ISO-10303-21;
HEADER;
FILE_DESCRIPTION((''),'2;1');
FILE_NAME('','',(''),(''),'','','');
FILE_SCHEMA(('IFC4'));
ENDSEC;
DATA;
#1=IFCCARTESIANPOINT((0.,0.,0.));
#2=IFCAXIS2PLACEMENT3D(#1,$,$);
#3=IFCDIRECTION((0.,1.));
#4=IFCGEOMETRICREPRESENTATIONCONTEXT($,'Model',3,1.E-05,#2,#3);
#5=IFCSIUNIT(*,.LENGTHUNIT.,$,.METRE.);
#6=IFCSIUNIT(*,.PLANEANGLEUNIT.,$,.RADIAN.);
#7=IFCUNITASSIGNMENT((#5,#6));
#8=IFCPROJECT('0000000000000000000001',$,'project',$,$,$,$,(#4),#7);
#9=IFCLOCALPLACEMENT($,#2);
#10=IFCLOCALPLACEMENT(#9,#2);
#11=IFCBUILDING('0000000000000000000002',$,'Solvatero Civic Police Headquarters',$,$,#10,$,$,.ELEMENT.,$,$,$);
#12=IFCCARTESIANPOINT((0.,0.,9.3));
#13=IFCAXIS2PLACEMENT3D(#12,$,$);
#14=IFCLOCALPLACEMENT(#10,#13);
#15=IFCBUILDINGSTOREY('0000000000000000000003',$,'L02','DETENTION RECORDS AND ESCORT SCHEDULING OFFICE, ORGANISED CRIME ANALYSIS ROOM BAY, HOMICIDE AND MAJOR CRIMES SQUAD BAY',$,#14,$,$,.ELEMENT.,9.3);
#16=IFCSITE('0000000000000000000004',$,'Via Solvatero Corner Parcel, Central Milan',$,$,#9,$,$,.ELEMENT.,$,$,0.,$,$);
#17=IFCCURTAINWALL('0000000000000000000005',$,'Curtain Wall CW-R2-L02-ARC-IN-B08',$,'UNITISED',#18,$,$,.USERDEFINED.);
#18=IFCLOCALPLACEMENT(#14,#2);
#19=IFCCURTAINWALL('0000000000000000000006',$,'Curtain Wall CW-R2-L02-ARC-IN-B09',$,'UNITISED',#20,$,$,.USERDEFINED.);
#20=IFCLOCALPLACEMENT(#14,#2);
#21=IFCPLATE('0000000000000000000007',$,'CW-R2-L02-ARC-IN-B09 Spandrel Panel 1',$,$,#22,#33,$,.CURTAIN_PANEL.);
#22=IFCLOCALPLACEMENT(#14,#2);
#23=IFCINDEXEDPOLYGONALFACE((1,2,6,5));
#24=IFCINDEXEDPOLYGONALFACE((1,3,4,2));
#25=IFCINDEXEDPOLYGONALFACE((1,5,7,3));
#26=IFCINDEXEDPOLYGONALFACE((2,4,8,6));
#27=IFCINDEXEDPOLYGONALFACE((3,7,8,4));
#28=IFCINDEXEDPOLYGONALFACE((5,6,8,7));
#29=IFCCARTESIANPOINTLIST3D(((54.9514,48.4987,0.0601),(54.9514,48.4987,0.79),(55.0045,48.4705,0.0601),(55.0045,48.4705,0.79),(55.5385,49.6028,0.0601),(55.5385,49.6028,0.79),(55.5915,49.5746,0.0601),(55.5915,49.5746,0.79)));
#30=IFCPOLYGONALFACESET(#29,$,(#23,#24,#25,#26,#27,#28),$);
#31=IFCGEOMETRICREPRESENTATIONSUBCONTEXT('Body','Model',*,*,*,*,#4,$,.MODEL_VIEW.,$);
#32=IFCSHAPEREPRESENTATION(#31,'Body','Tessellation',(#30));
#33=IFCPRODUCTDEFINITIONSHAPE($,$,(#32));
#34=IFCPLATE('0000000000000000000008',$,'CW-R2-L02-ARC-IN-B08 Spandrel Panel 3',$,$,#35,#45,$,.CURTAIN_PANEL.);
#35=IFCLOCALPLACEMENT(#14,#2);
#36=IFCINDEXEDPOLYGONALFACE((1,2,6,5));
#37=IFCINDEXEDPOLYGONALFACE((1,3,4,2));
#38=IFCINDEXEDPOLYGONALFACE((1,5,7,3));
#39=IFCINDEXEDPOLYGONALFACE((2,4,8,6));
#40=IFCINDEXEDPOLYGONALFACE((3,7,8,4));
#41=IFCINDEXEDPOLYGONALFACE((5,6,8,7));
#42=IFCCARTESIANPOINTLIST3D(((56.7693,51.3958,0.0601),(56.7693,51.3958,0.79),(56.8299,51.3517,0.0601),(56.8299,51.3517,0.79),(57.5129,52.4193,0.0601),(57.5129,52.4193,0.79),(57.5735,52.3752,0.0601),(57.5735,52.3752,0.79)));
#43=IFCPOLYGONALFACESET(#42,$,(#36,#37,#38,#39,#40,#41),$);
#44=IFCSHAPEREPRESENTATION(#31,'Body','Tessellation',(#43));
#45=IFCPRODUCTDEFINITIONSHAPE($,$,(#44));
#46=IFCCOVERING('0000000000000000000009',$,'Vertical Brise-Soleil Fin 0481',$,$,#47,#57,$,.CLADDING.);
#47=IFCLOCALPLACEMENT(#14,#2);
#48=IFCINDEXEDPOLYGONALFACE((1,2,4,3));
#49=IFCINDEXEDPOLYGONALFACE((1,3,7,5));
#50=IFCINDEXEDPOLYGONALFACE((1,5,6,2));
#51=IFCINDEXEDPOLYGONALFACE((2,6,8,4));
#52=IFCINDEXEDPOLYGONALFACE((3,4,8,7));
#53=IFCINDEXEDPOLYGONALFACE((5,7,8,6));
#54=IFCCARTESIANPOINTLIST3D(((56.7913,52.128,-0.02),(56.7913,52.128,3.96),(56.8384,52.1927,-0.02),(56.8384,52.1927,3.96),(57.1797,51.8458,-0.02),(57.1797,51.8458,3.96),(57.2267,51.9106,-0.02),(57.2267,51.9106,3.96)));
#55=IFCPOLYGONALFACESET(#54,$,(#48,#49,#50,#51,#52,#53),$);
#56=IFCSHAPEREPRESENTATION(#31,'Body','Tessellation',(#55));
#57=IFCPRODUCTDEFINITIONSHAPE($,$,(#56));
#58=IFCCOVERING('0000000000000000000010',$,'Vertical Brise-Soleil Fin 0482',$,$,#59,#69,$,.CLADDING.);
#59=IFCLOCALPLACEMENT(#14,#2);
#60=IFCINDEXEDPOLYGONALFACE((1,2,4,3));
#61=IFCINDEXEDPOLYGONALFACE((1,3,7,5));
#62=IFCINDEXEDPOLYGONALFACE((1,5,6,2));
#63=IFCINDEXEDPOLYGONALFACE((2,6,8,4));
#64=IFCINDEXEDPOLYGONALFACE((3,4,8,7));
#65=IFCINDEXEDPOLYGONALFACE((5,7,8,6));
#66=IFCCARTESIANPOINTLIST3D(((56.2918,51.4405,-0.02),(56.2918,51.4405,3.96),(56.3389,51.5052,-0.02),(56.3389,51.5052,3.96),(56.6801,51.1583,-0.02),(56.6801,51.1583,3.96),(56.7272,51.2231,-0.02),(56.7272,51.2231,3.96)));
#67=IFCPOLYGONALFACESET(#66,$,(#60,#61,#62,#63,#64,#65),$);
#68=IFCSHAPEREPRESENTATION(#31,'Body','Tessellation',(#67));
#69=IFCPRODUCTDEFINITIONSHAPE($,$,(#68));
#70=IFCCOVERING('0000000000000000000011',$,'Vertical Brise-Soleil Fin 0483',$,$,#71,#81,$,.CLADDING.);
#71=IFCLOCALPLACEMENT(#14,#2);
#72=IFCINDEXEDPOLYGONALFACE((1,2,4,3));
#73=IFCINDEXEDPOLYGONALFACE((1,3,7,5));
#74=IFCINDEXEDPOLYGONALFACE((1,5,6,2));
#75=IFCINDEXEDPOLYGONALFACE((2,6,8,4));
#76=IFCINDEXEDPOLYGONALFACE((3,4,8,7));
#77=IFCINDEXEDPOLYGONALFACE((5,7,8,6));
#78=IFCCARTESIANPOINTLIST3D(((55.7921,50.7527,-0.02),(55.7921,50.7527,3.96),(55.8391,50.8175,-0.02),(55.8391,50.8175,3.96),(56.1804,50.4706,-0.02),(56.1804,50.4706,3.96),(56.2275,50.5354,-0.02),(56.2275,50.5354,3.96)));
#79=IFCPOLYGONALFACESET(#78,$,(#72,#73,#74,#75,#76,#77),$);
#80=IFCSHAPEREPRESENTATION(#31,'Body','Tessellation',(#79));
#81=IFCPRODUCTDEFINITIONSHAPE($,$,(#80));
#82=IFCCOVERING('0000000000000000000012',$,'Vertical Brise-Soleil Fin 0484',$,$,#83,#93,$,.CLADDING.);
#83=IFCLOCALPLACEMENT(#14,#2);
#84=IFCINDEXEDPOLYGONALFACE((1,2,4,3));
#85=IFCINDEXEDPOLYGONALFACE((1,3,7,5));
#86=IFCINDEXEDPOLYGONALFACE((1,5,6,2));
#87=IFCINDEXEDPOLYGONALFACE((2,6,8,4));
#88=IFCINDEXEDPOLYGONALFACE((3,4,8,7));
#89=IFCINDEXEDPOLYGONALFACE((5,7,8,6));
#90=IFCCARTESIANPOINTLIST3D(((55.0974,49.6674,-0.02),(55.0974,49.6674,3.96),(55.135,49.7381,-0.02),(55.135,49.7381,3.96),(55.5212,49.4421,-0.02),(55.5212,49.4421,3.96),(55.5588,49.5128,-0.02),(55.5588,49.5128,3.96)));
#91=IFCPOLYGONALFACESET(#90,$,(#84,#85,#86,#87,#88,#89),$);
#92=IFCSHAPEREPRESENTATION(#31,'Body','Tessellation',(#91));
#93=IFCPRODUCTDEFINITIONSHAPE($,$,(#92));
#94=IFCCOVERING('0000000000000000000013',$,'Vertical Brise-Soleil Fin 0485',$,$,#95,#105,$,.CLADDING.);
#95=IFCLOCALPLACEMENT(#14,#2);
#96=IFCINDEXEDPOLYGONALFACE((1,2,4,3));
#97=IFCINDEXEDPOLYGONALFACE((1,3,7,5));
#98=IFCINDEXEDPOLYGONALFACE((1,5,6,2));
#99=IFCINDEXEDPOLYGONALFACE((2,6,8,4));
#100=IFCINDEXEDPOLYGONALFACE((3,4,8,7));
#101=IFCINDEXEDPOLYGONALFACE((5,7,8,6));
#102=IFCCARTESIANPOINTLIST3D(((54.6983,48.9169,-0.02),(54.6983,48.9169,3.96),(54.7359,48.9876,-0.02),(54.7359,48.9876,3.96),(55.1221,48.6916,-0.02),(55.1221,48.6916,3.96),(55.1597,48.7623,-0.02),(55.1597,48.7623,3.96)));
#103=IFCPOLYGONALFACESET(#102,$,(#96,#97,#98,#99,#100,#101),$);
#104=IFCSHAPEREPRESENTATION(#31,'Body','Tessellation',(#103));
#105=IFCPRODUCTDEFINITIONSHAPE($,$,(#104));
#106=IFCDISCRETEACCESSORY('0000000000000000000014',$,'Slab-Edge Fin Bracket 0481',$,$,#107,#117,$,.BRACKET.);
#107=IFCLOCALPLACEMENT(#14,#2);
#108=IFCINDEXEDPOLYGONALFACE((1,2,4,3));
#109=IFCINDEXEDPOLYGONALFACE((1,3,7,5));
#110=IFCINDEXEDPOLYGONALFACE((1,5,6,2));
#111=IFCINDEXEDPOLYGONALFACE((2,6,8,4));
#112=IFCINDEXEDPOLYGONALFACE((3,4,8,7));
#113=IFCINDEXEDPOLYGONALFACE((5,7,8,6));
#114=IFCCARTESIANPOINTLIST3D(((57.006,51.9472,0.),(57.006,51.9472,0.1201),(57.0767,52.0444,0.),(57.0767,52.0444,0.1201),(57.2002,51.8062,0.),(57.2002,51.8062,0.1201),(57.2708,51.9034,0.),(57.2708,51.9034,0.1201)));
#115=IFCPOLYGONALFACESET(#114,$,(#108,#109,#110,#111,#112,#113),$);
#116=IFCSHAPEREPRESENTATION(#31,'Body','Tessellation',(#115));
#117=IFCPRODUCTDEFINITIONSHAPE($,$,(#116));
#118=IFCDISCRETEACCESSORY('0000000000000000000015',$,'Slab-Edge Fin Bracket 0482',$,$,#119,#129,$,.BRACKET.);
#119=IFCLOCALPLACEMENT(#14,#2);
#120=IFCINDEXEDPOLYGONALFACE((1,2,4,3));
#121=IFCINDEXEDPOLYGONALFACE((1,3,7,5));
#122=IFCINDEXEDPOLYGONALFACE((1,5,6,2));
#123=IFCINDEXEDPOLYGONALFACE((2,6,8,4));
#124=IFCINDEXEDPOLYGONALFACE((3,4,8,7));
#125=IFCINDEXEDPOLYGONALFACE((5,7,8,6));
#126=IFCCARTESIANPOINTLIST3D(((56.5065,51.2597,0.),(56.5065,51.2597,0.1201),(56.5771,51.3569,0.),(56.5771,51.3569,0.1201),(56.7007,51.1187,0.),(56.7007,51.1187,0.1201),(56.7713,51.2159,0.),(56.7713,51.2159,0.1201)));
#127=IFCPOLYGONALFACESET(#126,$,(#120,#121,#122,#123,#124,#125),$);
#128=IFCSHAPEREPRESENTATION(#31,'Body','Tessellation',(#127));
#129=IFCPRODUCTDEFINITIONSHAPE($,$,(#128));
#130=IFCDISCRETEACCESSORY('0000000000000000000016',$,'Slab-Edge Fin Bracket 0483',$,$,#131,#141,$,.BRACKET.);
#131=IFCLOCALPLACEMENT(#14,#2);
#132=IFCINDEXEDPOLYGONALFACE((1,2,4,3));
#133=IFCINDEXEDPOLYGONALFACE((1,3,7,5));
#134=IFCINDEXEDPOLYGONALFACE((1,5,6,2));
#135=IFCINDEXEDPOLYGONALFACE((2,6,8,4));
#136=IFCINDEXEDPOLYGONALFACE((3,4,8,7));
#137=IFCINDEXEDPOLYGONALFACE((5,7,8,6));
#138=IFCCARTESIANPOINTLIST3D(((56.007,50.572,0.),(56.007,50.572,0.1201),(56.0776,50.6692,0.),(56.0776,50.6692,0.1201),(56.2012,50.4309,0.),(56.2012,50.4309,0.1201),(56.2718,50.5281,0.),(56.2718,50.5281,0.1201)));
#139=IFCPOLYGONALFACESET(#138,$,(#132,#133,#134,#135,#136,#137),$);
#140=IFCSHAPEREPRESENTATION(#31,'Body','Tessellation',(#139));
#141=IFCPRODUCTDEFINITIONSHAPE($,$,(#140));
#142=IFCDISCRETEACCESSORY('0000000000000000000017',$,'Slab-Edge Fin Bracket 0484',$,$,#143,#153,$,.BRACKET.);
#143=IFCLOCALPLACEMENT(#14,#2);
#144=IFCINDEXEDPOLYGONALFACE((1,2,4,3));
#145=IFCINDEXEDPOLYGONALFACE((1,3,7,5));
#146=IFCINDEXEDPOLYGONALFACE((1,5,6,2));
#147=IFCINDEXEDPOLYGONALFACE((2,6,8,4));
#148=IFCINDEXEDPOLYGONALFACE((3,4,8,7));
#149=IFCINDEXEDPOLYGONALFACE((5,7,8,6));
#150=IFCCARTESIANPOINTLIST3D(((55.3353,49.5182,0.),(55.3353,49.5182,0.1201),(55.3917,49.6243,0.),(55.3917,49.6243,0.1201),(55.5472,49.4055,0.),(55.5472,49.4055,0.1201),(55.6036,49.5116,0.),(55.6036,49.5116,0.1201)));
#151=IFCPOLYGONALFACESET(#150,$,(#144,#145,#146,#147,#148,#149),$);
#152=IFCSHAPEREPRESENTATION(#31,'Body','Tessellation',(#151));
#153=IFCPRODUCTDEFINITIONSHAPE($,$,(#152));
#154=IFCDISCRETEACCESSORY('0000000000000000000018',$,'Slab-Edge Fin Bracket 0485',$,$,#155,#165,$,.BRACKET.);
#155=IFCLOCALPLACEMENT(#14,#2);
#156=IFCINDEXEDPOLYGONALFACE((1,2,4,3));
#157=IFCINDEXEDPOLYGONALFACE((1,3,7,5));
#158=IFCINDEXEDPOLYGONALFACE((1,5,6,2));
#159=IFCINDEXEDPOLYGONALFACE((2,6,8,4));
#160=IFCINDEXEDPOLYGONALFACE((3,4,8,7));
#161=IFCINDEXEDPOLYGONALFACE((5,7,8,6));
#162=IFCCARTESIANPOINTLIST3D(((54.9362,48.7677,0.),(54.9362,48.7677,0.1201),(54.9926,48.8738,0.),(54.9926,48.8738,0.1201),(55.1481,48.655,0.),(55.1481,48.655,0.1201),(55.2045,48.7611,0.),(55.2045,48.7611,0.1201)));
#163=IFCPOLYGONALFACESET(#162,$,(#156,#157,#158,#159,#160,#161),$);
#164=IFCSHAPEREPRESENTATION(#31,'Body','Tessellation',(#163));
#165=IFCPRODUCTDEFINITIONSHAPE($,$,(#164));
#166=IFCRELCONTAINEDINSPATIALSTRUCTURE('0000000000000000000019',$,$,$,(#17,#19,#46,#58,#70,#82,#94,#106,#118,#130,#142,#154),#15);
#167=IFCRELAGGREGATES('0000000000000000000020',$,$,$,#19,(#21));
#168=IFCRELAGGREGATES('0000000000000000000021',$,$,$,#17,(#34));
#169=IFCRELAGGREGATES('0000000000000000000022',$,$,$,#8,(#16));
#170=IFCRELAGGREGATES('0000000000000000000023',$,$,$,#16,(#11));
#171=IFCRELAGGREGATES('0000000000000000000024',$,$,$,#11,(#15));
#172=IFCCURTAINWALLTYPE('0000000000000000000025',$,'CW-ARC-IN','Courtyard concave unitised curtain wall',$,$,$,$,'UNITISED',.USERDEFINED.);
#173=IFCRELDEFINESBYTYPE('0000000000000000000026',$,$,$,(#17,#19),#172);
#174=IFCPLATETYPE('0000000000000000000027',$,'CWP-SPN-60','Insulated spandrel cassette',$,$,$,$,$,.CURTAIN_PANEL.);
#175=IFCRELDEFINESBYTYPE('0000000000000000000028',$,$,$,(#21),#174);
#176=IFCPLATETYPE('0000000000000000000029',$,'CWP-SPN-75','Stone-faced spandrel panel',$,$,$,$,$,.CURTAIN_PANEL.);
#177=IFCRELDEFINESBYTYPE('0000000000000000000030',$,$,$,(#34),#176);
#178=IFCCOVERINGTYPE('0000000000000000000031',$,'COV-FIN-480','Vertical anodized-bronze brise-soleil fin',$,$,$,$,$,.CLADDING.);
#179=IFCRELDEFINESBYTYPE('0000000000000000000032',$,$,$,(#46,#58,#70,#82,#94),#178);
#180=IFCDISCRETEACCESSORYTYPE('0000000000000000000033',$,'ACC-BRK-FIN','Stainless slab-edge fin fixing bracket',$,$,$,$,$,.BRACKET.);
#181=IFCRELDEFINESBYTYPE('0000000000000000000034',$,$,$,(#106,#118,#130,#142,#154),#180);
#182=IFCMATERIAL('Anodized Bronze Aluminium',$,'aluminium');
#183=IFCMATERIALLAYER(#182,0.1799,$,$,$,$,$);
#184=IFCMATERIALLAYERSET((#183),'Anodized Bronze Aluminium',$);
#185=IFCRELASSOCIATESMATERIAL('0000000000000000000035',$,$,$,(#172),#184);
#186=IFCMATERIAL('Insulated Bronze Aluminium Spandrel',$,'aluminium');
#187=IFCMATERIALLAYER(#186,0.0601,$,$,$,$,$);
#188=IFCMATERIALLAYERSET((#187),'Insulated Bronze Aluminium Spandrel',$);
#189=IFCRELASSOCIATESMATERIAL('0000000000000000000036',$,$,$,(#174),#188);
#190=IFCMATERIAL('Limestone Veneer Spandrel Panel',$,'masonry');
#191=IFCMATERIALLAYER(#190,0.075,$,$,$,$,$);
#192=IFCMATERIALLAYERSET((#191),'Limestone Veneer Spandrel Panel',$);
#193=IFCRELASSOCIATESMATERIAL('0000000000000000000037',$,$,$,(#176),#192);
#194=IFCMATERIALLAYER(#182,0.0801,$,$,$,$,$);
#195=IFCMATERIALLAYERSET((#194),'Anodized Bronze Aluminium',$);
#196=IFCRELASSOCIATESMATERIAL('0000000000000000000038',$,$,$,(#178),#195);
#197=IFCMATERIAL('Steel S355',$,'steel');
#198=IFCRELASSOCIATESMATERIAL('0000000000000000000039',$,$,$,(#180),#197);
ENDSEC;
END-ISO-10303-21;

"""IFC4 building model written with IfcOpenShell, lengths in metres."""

from ifc_helpers import new_model, si_unit, direction, frame, origin, origin_2d, place, context, subcontext, project, spatial, rectangle, extrude, material, layer, layer_set, type_object, element, aggregate, save


model = new_model("IFC4")

# Units and contexts
model_context = context("Model", 3, precision=1e-05, world=origin(), true_north=direction((0.0, 1.0)))
body_context = subcontext(model_context, "Body", "Model", "MODEL_VIEW")
ifc_project = project(units=[si_unit("LENGTHUNIT", "METRE"), si_unit("PLANEANGLEUNIT", "RADIAN")], contexts=[model_context])

# Site, building, storey
site_placement = place(None, origin())
site = spatial("IfcSite", under=ifc_project, at=site_placement, Name="Via Solvatero Corner Parcel, Central Milan", CompositionType="ELEMENT", RefElevation=0.0)
building_placement = place(site_placement, origin())
building = spatial("IfcBuilding", under=site, at=building_placement, Name="Solvatero Civic Police Headquarters", CompositionType="ELEMENT")
storey_placement = place(building_placement, frame((0.0, 0.0, 9.3)))
storey = spatial("IfcBuildingStorey", under=building, at=storey_placement, Name="L02", Description="DETENTION RECORDS AND ESCORT SCHEDULING OFFICE, ORGANISED CRIME ANALYSIS ROOM BAY, HOMICIDE AND MAJOR CRIMES SQUAD BAY", CompositionType="ELEMENT", Elevation=9.3)

# Shared definitions
ifc_material_1 = material(Name="Steel S355", Category="steel")

# Curtain walls
ifc_material_2 = material(Name="Anodized Bronze Aluminium", Category="aluminium")
ifc_layer_1 = layer(ifc_material_2, 0.1799)
ifc_layer_set_1 = layer_set([ifc_layer_1], Name="Anodized Bronze Aluminium")
curtain_wall_type = type_object("IfcCurtainWallType", Name="CW-ARC-IN", Description="Courtyard concave unitised curtain wall", ElementType="UNITISED", PredefinedType="USERDEFINED", material=ifc_layer_set_1)
curtain_wall_1_placement = place(storey_placement, origin())
curtain_wall_1 = element("IfcCurtainWall", 1, at=curtain_wall_1_placement, inside=storey, type_object=curtain_wall_type, Name="Curtain Wall CW-R2-L02-ARC-IN-B08", ObjectType="UNITISED", PredefinedType="USERDEFINED")
curtain_wall_2_placement = place(storey_placement, origin())
curtain_wall_2 = element("IfcCurtainWall", 2, at=curtain_wall_2_placement, inside=storey, type_object=curtain_wall_type, Name="Curtain Wall CW-R2-L02-ARC-IN-B09", ObjectType="UNITISED", PredefinedType="USERDEFINED")

# Plates
ifc_material_3 = material(Name="Insulated Bronze Aluminium Spandrel", Category="aluminium")
ifc_layer_2 = layer(ifc_material_3, 0.0601)
ifc_layer_set_2 = layer_set([ifc_layer_2], Name="Insulated Bronze Aluminium Spandrel")
plate_type_1 = type_object("IfcPlateType", Name="CWP-SPN-60", Description="Insulated spandrel cassette", PredefinedType="CURTAIN_PANEL", material=ifc_layer_set_2)
plate_1_placement = place(storey_placement, frame((55.2715, 49.0366, 0.0601), z_axis=(0.0, 0.0, 1.0), x_axis=(-0.469472, -0.882948, 0.0)))
plate_1 = element("IfcPlate", 3, at=plate_1_placement, type_object=plate_type_1, Name="CW-R2-L02-ARC-IN-B09 Spandrel Panel 1", PredefinedType="CURTAIN_PANEL", context=body_context, shape_type="SweptSolid", body=[
    extrude(rectangle(XDim=1.2505, YDim=0.0601, at=origin_2d()), origin(), (0.0, 0.0, 1.0), 0.73),
])
aggregate(curtain_wall_2, [plate_1])
ifc_material_4 = material(Name="Limestone Veneer Spandrel Panel", Category="masonry")
ifc_layer_3 = layer(ifc_material_4, 0.075)
ifc_layer_set_3 = layer_set([ifc_layer_3], Name="Limestone Veneer Spandrel Panel")
plate_type_2 = type_object("IfcPlateType", Name="CWP-SPN-75", Description="Stone-faced spandrel panel", PredefinedType="CURTAIN_PANEL", material=ifc_layer_set_3)
plate_2_placement = place(storey_placement, frame((57.1714, 51.8855, 0.0601), z_axis=(0.0, 0.0, 1.0), x_axis=(-0.587785, -0.809017, 0.0)))
plate_2 = element("IfcPlate", 4, at=plate_2_placement, type_object=plate_type_2, Name="CW-R2-L02-ARC-IN-B08 Spandrel Panel 3", PredefinedType="CURTAIN_PANEL", context=body_context, shape_type="SweptSolid", body=[
    extrude(rectangle(XDim=1.2651, YDim=0.075, at=origin_2d()), origin(), (0.0, 0.0, 1.0), 0.73),
])
aggregate(curtain_wall_1, [plate_2])

# Coverings
ifc_layer_4 = layer(ifc_material_2, 0.0801)
ifc_layer_set_4 = layer_set([ifc_layer_4], Name="Anodized Bronze Aluminium")
covering_type = type_object("IfcCoveringType", Name="COV-FIN-480", Description="Vertical anodized-bronze brise-soleil fin", PredefinedType="CLADDING", material=ifc_layer_set_4)
for number, where, z_axis, x_axis, name in (
    (5, (57.009, 52.0193, -0.02), (0.0, 0.0, 1.0), (-0.587785, -0.809017, 0.0), "Vertical Brise-Soleil Fin 0481"),
    (6, (56.5095, 51.3318, -0.02), (0.0, 0.0, 1.0), (-0.587785, -0.809017, 0.0), "Vertical Brise-Soleil Fin 0482"),
    (7, (56.0098, 50.644, -0.02), (0.0, 0.0, 1.0), (-0.587785, -0.809017, 0.0), "Vertical Brise-Soleil Fin 0483"),
    (8, (55.3281, 49.5901, -0.02), (0.0, 0.0, 1.0), (-0.469472, -0.882948, 0.0), "Vertical Brise-Soleil Fin 0484"),
    (9, (54.929, 48.8396, -0.02), (0.0, 0.0, 1.0), (-0.469472, -0.882948, 0.0), "Vertical Brise-Soleil Fin 0485"),
):
    element("IfcCovering", number, at=place(storey_placement, frame(where, z_axis=z_axis, x_axis=x_axis)), inside=storey, type_object=covering_type, Name=name, PredefinedType="CLADDING", context=body_context, shape_type="SweptSolid", body=[
        extrude(rectangle(XDim=0.0801, YDim=0.48, at=origin_2d()), origin(), (0.0, 0.0, 1.0), 3.98),
    ])

# Discrete accessories
discrete_accessory_type = type_object("IfcDiscreteAccessoryType", Name="ACC-BRK-FIN", Description="Stainless slab-edge fin fixing bracket", PredefinedType="BRACKET", material=ifc_material_1)
for number, where, z_axis, x_axis, name in (
    (10, (57.1384, 51.9253, 0.0), (0.0, 0.0, 1.0), (-0.587785, -0.809017, 0.0), "Slab-Edge Fin Bracket 0481"),
    (11, (56.6389, 51.2378, 0.0), (0.0, 0.0, 1.0), (-0.587785, -0.809017, 0.0), "Slab-Edge Fin Bracket 0482"),
    (12, (56.1394, 50.55, 0.0), (0.0, 0.0, 1.0), (-0.587785, -0.809017, 0.0), "Slab-Edge Fin Bracket 0483"),
    (13, (55.4695, 49.5149, 0.0), (0.0, 0.0, 1.0), (-0.469472, -0.882948, 0.0), "Slab-Edge Fin Bracket 0484"),
    (14, (55.0703, 48.7644, 0.0), (0.0, 0.0, 1.0), (-0.469472, -0.882948, 0.0), "Slab-Edge Fin Bracket 0485"),
):
    element("IfcDiscreteAccessory", number, at=place(storey_placement, frame(where, z_axis=z_axis, x_axis=x_axis)), inside=storey, type_object=discrete_accessory_type, Name=name, PredefinedType="BRACKET", context=body_context, shape_type="SweptSolid", body=[
        extrude(rectangle(XDim=0.1201, YDim=0.24, at=origin_2d()), origin(), (0.0, 0.0, 1.0), 0.1201),
    ])

save(model, "model.ifc")
